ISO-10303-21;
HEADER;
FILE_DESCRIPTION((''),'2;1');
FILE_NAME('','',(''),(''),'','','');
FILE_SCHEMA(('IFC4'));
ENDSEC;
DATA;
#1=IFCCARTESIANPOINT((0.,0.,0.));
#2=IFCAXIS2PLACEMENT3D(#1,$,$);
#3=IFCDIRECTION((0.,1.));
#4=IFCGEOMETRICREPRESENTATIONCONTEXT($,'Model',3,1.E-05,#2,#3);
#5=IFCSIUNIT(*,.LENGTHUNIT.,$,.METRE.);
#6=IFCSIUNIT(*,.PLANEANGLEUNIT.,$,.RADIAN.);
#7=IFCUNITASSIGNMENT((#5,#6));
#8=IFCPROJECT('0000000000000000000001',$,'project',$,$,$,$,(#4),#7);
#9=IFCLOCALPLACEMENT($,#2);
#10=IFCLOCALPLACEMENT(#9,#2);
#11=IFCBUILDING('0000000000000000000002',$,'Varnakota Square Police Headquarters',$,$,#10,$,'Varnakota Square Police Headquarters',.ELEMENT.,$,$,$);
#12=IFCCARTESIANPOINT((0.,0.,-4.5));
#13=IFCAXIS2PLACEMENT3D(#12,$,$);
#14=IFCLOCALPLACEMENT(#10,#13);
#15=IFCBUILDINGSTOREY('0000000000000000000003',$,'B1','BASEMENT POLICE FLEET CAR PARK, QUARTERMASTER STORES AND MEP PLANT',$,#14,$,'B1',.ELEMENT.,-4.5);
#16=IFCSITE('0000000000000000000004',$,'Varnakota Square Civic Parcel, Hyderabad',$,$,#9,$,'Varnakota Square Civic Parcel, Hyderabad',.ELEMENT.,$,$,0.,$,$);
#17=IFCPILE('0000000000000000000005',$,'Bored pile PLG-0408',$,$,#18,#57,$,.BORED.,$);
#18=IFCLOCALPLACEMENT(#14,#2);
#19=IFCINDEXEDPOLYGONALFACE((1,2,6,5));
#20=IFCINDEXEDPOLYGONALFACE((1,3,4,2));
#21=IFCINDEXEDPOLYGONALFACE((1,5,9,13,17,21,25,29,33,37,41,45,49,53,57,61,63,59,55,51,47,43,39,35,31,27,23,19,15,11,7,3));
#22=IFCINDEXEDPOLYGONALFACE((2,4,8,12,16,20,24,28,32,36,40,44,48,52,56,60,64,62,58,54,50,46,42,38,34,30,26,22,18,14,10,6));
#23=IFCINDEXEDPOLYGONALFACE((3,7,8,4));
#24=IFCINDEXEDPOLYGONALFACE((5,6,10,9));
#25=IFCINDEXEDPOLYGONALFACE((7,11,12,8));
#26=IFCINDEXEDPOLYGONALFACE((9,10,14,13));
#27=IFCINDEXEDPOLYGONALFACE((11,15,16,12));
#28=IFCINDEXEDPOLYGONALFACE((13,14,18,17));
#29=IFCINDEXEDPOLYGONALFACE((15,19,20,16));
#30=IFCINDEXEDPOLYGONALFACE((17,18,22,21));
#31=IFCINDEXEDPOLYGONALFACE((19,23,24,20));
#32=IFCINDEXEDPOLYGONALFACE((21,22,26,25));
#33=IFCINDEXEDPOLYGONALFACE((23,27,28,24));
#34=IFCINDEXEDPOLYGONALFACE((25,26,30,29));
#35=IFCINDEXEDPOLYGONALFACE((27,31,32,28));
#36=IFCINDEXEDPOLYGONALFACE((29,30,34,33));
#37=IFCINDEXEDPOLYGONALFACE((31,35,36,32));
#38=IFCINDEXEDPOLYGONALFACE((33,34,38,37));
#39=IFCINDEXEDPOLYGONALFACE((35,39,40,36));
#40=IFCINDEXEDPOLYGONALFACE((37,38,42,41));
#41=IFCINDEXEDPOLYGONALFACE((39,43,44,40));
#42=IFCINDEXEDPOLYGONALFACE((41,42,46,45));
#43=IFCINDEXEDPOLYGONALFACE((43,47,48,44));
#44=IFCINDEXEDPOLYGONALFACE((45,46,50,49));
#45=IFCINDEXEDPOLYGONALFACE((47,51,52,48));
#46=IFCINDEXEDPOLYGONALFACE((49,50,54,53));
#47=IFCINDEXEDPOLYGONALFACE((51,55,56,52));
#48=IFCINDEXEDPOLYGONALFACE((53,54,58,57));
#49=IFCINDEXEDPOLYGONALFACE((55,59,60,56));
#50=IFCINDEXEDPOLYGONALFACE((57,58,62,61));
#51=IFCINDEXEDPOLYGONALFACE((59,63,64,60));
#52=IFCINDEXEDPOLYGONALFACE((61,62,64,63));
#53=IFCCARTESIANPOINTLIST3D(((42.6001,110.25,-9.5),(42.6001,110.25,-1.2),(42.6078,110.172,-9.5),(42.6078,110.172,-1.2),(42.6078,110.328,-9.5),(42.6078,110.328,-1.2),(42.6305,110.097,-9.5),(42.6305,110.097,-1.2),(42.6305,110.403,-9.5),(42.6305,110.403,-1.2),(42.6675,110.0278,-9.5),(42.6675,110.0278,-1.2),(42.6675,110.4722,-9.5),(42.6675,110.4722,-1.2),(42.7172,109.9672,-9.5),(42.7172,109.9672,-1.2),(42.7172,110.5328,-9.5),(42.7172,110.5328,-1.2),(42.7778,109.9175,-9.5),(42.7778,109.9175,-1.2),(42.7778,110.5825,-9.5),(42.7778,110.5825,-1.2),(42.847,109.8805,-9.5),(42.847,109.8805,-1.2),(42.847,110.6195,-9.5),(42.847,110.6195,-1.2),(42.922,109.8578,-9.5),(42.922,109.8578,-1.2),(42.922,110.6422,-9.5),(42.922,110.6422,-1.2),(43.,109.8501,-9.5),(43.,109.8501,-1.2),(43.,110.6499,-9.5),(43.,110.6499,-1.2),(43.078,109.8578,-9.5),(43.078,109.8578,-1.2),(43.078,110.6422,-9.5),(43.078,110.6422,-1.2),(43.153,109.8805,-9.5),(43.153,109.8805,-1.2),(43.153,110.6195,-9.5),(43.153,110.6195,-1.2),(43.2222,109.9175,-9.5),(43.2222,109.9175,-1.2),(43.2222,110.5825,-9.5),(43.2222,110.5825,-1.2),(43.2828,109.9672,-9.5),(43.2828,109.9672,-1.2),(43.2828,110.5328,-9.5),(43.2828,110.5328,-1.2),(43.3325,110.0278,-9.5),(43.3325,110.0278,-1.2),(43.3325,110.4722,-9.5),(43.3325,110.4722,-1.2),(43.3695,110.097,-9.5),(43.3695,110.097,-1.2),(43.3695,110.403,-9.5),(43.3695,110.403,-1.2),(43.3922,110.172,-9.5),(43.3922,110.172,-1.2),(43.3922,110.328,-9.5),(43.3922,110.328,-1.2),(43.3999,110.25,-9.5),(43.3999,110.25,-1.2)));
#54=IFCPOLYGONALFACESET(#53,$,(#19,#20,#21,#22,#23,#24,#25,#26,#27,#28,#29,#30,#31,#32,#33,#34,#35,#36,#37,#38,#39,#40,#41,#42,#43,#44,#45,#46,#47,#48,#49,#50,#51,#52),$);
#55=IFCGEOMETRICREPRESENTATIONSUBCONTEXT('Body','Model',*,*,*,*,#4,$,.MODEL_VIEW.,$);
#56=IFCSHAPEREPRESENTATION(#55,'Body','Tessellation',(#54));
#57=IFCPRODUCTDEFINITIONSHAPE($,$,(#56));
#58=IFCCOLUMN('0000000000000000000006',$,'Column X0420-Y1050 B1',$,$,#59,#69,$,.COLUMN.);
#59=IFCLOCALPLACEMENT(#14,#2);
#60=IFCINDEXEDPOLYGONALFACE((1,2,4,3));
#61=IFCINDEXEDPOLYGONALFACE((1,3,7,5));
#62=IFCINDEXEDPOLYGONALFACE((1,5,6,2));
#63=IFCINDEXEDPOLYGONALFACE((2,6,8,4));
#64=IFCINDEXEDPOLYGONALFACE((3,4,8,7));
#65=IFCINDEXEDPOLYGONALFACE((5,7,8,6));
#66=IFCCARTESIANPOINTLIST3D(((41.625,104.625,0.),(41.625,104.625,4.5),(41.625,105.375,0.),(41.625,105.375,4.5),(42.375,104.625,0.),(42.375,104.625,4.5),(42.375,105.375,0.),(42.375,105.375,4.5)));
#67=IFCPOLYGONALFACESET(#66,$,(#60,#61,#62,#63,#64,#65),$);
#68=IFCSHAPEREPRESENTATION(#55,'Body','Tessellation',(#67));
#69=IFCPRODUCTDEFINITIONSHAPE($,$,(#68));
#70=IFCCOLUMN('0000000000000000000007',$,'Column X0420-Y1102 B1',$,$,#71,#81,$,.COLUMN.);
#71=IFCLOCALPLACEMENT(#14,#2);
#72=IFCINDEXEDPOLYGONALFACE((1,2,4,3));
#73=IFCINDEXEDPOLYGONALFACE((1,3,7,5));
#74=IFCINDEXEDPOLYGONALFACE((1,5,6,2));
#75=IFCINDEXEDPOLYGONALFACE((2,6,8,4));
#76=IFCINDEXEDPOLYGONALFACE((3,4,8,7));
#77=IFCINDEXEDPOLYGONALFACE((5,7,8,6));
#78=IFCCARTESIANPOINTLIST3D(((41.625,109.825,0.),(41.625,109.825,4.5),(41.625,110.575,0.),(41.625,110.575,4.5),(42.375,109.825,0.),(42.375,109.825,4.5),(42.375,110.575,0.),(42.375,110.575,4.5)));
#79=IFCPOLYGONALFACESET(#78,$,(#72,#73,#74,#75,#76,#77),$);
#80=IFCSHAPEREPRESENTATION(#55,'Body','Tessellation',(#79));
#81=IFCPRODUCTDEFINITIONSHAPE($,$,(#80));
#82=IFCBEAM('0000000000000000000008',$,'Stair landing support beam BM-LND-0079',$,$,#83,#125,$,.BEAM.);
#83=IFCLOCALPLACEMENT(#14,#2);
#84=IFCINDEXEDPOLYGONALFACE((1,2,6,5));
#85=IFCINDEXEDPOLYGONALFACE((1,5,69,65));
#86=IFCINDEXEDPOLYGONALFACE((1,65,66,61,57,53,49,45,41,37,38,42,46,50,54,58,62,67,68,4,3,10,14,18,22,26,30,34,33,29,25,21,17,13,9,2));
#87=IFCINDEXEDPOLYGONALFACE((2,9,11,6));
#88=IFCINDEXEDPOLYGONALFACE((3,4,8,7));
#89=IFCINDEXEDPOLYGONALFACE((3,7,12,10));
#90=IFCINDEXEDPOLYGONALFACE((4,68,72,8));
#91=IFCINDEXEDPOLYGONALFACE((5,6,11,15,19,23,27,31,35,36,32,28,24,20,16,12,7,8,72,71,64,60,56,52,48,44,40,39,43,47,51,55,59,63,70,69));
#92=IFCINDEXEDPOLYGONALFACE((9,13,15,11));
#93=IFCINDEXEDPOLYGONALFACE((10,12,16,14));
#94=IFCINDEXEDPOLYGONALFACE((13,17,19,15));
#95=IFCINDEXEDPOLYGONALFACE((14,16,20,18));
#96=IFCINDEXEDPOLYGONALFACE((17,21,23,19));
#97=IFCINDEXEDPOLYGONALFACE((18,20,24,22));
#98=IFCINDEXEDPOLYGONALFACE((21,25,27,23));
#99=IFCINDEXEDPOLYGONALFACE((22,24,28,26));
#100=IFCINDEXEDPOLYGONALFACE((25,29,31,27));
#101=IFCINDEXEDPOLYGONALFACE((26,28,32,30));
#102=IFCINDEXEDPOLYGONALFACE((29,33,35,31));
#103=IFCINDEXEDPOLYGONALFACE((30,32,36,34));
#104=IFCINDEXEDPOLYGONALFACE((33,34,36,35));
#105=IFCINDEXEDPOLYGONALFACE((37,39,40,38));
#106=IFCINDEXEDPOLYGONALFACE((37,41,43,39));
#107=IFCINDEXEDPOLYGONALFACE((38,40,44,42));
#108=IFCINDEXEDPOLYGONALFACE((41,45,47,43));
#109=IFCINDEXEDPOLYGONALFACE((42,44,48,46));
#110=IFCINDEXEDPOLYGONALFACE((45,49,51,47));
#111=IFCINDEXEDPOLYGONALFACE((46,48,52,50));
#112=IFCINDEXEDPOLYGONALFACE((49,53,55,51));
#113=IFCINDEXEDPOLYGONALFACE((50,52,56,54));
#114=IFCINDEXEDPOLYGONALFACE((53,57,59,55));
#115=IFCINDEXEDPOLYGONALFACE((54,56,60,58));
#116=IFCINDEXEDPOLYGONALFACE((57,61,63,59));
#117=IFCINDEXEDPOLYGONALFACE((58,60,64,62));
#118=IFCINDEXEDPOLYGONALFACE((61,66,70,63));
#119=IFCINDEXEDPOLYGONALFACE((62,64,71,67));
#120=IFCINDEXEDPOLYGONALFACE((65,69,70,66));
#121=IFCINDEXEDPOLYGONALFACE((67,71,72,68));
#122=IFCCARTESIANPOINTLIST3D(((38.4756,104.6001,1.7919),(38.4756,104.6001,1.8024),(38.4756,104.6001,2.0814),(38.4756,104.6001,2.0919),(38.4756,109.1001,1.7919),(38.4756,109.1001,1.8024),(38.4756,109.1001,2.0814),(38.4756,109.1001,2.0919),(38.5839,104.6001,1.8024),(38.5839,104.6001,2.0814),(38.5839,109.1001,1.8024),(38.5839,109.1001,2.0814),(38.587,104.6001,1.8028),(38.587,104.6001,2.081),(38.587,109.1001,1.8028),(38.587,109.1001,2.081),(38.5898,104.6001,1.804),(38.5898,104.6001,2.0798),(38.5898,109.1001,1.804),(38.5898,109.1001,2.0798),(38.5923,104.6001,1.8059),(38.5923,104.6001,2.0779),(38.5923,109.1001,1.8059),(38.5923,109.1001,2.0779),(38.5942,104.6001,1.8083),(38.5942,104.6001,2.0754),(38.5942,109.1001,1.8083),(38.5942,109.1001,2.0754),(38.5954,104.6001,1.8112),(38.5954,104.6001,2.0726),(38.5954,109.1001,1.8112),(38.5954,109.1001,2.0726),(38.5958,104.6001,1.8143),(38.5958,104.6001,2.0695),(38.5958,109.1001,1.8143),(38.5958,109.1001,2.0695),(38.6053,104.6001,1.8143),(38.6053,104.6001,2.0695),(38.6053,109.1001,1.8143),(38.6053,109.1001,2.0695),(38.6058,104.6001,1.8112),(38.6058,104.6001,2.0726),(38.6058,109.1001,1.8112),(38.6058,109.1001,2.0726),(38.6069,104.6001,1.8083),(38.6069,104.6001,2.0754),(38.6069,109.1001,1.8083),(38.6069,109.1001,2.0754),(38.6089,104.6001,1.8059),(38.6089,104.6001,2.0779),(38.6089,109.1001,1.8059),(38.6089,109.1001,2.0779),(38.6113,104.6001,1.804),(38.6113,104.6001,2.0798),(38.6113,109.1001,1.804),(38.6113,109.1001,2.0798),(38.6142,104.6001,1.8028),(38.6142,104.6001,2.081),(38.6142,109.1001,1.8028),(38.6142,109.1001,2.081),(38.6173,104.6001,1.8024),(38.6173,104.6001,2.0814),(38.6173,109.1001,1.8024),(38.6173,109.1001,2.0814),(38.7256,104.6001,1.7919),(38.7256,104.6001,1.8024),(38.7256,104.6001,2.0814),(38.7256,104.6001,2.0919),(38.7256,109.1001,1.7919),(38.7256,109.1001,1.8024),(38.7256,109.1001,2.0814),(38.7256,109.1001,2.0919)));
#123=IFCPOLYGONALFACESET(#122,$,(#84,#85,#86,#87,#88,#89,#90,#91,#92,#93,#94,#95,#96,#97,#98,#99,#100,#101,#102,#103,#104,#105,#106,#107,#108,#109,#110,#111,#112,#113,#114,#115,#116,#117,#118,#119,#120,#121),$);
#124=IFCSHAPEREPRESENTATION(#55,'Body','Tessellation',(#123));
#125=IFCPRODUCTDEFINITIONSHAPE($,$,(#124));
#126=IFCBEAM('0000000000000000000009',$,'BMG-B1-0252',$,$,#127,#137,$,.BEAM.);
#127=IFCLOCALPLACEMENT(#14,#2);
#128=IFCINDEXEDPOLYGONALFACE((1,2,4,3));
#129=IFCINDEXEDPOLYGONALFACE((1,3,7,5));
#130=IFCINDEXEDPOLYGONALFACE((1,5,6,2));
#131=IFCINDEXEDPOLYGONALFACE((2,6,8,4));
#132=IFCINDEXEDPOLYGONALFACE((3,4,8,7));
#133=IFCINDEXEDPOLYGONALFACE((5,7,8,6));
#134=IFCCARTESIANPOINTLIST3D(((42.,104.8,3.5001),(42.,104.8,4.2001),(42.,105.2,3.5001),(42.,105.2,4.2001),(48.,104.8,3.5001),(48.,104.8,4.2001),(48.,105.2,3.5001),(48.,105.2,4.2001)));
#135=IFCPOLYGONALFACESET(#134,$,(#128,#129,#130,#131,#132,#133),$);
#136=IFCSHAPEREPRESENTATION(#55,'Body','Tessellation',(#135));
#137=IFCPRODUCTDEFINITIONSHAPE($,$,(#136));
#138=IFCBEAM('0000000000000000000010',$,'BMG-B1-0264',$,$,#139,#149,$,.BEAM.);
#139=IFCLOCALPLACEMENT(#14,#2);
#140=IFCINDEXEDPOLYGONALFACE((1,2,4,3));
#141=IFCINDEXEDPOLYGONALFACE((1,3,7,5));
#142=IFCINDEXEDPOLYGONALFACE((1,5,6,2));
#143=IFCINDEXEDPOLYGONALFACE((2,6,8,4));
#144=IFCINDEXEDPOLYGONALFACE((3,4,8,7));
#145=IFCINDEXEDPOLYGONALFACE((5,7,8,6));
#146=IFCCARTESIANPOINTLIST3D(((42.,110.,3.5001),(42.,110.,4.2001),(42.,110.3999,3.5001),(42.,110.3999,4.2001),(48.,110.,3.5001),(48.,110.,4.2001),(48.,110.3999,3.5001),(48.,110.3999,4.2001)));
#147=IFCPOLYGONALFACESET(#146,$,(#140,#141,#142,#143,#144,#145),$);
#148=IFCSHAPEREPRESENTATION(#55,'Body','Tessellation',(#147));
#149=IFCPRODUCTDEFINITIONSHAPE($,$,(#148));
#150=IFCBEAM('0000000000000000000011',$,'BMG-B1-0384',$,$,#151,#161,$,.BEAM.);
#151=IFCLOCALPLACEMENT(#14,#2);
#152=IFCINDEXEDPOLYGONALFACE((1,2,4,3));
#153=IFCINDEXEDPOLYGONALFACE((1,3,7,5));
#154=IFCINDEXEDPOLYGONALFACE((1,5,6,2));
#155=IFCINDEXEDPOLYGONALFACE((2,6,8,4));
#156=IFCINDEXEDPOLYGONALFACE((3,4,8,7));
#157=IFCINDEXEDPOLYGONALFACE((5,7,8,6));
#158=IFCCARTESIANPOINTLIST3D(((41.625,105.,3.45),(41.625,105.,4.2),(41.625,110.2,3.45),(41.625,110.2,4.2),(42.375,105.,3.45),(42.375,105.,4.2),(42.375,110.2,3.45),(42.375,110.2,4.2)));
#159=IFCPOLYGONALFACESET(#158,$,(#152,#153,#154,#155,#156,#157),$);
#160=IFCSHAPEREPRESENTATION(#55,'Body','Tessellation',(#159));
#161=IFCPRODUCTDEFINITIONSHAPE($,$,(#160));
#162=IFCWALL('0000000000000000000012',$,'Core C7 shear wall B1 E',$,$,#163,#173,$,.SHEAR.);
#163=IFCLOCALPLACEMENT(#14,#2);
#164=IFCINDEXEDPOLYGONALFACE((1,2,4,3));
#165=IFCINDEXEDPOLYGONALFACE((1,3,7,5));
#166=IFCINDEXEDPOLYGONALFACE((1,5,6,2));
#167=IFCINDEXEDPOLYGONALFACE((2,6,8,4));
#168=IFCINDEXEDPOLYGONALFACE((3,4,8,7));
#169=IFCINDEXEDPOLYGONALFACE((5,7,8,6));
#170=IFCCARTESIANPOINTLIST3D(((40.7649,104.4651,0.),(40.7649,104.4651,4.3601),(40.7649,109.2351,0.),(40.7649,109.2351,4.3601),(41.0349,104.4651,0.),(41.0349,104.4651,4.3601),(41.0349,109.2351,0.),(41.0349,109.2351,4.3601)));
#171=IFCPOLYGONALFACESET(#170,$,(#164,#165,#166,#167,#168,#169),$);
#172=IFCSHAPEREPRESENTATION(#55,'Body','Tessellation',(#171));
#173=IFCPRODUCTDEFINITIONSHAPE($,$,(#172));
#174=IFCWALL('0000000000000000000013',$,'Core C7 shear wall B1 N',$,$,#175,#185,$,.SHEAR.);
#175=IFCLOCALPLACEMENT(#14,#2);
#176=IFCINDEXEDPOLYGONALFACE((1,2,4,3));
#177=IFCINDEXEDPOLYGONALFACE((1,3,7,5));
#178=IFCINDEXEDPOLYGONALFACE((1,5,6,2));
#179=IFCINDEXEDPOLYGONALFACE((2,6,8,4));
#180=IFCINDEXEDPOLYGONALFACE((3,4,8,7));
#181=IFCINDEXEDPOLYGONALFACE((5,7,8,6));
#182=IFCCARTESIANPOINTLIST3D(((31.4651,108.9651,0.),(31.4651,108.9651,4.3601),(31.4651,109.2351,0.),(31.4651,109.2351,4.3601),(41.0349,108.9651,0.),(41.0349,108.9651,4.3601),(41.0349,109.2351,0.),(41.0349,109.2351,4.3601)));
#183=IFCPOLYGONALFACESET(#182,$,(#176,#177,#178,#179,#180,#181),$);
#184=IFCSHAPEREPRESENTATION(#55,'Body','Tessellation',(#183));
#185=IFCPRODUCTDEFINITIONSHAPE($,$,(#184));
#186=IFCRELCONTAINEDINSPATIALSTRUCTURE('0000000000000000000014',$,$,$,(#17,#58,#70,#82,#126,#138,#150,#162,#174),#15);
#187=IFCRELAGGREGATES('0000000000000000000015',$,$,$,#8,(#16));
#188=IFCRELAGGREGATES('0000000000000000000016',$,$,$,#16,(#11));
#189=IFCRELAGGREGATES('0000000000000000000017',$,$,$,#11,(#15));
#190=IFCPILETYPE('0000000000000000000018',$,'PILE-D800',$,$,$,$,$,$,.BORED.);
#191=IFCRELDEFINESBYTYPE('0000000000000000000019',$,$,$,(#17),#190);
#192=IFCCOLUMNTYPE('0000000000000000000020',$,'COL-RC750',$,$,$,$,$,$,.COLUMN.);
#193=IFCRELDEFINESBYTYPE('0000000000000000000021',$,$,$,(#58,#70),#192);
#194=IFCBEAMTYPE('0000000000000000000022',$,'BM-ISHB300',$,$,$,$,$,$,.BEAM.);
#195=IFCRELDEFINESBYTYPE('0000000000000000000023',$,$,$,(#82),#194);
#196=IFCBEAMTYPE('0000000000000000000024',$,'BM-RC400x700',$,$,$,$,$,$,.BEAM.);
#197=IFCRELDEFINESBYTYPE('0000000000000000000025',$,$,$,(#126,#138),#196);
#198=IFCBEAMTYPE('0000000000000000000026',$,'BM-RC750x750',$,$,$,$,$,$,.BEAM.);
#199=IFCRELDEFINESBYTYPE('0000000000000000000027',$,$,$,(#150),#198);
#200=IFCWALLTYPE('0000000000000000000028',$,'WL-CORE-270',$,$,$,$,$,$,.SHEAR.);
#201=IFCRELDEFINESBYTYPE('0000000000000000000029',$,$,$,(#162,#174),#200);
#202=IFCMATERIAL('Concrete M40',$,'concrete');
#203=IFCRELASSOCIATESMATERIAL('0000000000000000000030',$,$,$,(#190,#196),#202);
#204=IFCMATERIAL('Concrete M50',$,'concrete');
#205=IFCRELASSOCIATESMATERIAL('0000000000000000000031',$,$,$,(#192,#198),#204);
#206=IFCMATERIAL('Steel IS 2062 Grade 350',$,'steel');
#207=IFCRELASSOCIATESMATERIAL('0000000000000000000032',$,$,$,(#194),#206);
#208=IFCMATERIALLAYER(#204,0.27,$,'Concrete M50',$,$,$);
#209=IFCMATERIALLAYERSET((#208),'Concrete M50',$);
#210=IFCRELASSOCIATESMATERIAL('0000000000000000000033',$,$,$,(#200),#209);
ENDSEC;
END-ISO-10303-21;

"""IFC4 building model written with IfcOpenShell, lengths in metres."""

from ifc_helpers import new_model, si_unit, direction, frame, frame_2d, origin, origin_2d, place, context, subcontext, project, spatial, rectangle, circle, i_section, extrude, material, layer, layer_set, material_profile, profile_set, type_object, element, save


model = new_model("IFC4")

# Units and contexts
model_context = context("Model", 3, precision=1e-05, world=origin(), true_north=direction((0.0, 1.0)))
body_context = subcontext(model_context, "Body", "Model", "MODEL_VIEW")
ifc_project = project(units=[si_unit("LENGTHUNIT", "METRE"), si_unit("PLANEANGLEUNIT", "RADIAN")], contexts=[model_context])

# Site, building, storey
site_placement = place(None, origin())
site = spatial("IfcSite", under=ifc_project, at=site_placement, Name="Varnakota Square Civic Parcel, Hyderabad", LongName="Varnakota Square Civic Parcel, Hyderabad", CompositionType="ELEMENT", RefElevation=0.0)
building_placement = place(site_placement, origin())
building = spatial("IfcBuilding", under=site, at=building_placement, Name="Varnakota Square Police Headquarters", LongName="Varnakota Square Police Headquarters", CompositionType="ELEMENT")
storey_placement = place(building_placement, frame((0.0, 0.0, -4.5)))
storey = spatial("IfcBuildingStorey", under=building, at=storey_placement, Name="B1", Description="BASEMENT POLICE FLEET CAR PARK, QUARTERMASTER STORES AND MEP PLANT", LongName="B1", CompositionType="ELEMENT", Elevation=-4.5)

# Shared definitions
ifc_material_1 = material(Name="Concrete M40", Category="concrete")

# Pile
ifc_material_profile_1 = material_profile(ifc_material_1, circle(Radius=0.3999, at=origin_2d()), Name="BORED PILE 800")
ifc_profile_set_1 = profile_set([ifc_material_profile_1], Name="Concrete M40")
pile_type = type_object("IfcPileType", Name="PILE-D800", PredefinedType="BORED", material=ifc_profile_set_1)
for number, where, z_axis, x_axis, name in (
    (1, (43.0, 110.25, -1.2), (0.0, 0.0, -1.0), (1.0, 0.0, 0.0), "Bored pile PLG-0408"),
):
    element("IfcPile", number, at=place(storey_placement, frame(where, z_axis=z_axis, x_axis=x_axis)), inside=storey, type_object=pile_type, Name=name, PredefinedType="BORED", context=body_context, shape_type="SweptSolid", body=[
        extrude(circle(Radius=0.3999, at=origin_2d()), origin(), (0.0, 0.0, 1.0), 8.3),
    ])

# Columns
ifc_material_2 = material(Name="Concrete M50", Category="concrete")
ifc_material_profile_2 = material_profile(ifc_material_2, rectangle(XDim=0.75, YDim=0.75, at=origin_2d()), Name="RC 750x750")
ifc_profile_set_2 = profile_set([ifc_material_profile_2], Name="Concrete M50")
column_type = type_object("IfcColumnType", Name="COL-RC750", PredefinedType="COLUMN", material=ifc_profile_set_2)
for number, where, z_axis, x_axis, name in (
    (2, (42.0, 105.0, 0.0), (0.0, 0.0, 1.0), (1.0, 0.0, 0.0), "Column X0420-Y1050 B1"),
    (3, (42.0, 110.2, 0.0), (0.0, 0.0, 1.0), (1.0, 0.0, 0.0), "Column X0420-Y1102 B1"),
):
    element("IfcColumn", number, at=place(storey_placement, frame(where, z_axis=z_axis, x_axis=x_axis)), inside=storey, type_object=column_type, Name=name, PredefinedType="COLUMN", context=body_context, shape_type="SweptSolid", body=[
        extrude(rectangle(XDim=0.75, YDim=0.75, at=origin_2d()), origin(), (0.0, 0.0, 1.0), 4.5),
    ])

# Beams
ifc_material_3 = material(Name="Steel IS 2062 Grade 350", Category="steel")
ifc_material_profile_3 = material_profile(ifc_material_3, i_section(OverallWidth=0.25, OverallDepth=0.3, WebThickness=0.0095, FlangeThickness=0.0105, FilletRadius=0.012, at=origin_2d()), Name="ISHB 300")
ifc_profile_set_3 = profile_set([ifc_material_profile_3], Name="Steel IS 2062 Grade 350")
beam_type_1 = type_object("IfcBeamType", Name="BM-ISHB300", PredefinedType="BEAM", material=ifc_profile_set_3)
beam_1_placement = place(storey_placement, frame((38.6006, 104.6001, 1.9419), z_axis=(0.0, 1.0, 0.0), x_axis=(-1.0, 0.0, 0.0)))
element("IfcBeam", 4, at=beam_1_placement, inside=storey, type_object=beam_type_1, Name="Stair landing support beam BM-LND-0079", PredefinedType="BEAM", context=body_context, shape_type="SweptSolid", body=[
    extrude(i_section(OverallWidth=0.25, OverallDepth=0.3, WebThickness=0.0095, FlangeThickness=0.0105, FilletRadius=0.012, at=origin_2d()), origin(), (0.0, 0.0, 1.0), 4.5),
])
ifc_material_profile_4 = material_profile(ifc_material_1, rectangle(XDim=0.3999, YDim=0.7, at=origin_2d()), Name="RC 400x700")
ifc_profile_set_4 = profile_set([ifc_material_profile_4], Name="Concrete M40")
beam_type_2 = type_object("IfcBeamType", Name="BM-RC400x700", PredefinedType="BEAM", material=ifc_profile_set_4)
for number, where, z_axis, x_axis, name in (
    (5, (42.0, 105.0, 3.8501), (1.0, 0.0, 0.0), (0.0, 1.0, 0.0), "BMG-B1-0252"),
    (6, (42.0, 110.2, 3.8501), (1.0, 0.0, 0.0), (0.0, 1.0, 0.0), "BMG-B1-0264"),
):
    element("IfcBeam", number, at=place(storey_placement, frame(where, z_axis=z_axis, x_axis=x_axis)), inside=storey, type_object=beam_type_2, Name=name, PredefinedType="BEAM", context=body_context, shape_type="SweptSolid", body=[
        extrude(rectangle(XDim=0.3999, YDim=0.7, at=origin_2d()), origin(), (0.0, 0.0, 1.0), 6.0),
    ])
ifc_material_profile_5 = material_profile(ifc_material_2, rectangle(XDim=0.75, YDim=0.75, at=origin_2d()), Name="RC 750x750")
ifc_profile_set_5 = profile_set([ifc_material_profile_5], Name="Concrete M50")
beam_type_3 = type_object("IfcBeamType", Name="BM-RC750x750", PredefinedType="BEAM", material=ifc_profile_set_5)
beam_2_placement = place(storey_placement, frame((42.0, 105.0, 3.825), z_axis=(0.0, 1.0, 0.0), x_axis=(-1.0, 0.0, 0.0)))
element("IfcBeam", 7, at=beam_2_placement, inside=storey, type_object=beam_type_3, Name="BMG-B1-0384", PredefinedType="BEAM", context=body_context, shape_type="SweptSolid", body=[
    extrude(rectangle(XDim=0.75, YDim=0.75, at=origin_2d()), origin(), (0.0, 0.0, 1.0), 5.2),
])

# Walls
ifc_layer_1 = layer(ifc_material_2, 0.27, Name="Concrete M50")
ifc_layer_set_1 = layer_set([ifc_layer_1], Name="Concrete M50")
wall_type_1 = type_object("IfcWallType", Name="WL-CORE-270", PredefinedType="SHEAR", material=ifc_layer_set_1)
wall_1_placement = place(storey_placement, frame((40.8999, 104.4651, 0.0), z_axis=(0.0, 0.0, 1.0), x_axis=(0.0, 1.0, 0.0)))
element("IfcWall", 8, at=wall_1_placement, inside=storey, type_object=wall_type_1, Name="Core C7 shear wall B1 E", PredefinedType="SHEAR", context=body_context, shape_type="SweptSolid", body=[
    extrude(rectangle(XDim=4.77, YDim=0.27, at=frame_2d((2.385, 0.0))), origin(), (0.0, 0.0, 1.0), 4.3601),
])
wall_2_placement = place(storey_placement, frame((41.0349, 109.1001, 0.0), z_axis=(0.0, 0.0, 1.0), x_axis=(-1.0, 0.0, 0.0)))
element("IfcWall", 9, at=wall_2_placement, inside=storey, type_object=wall_type_1, Name="Core C7 shear wall B1 N", PredefinedType="SHEAR", context=body_context, shape_type="SweptSolid", body=[
    extrude(rectangle(XDim=9.5698, YDim=0.27, at=frame_2d((4.7849, 0.0))), origin(), (0.0, 0.0, 1.0), 4.3601),
])

save(model, "model.ifc")
